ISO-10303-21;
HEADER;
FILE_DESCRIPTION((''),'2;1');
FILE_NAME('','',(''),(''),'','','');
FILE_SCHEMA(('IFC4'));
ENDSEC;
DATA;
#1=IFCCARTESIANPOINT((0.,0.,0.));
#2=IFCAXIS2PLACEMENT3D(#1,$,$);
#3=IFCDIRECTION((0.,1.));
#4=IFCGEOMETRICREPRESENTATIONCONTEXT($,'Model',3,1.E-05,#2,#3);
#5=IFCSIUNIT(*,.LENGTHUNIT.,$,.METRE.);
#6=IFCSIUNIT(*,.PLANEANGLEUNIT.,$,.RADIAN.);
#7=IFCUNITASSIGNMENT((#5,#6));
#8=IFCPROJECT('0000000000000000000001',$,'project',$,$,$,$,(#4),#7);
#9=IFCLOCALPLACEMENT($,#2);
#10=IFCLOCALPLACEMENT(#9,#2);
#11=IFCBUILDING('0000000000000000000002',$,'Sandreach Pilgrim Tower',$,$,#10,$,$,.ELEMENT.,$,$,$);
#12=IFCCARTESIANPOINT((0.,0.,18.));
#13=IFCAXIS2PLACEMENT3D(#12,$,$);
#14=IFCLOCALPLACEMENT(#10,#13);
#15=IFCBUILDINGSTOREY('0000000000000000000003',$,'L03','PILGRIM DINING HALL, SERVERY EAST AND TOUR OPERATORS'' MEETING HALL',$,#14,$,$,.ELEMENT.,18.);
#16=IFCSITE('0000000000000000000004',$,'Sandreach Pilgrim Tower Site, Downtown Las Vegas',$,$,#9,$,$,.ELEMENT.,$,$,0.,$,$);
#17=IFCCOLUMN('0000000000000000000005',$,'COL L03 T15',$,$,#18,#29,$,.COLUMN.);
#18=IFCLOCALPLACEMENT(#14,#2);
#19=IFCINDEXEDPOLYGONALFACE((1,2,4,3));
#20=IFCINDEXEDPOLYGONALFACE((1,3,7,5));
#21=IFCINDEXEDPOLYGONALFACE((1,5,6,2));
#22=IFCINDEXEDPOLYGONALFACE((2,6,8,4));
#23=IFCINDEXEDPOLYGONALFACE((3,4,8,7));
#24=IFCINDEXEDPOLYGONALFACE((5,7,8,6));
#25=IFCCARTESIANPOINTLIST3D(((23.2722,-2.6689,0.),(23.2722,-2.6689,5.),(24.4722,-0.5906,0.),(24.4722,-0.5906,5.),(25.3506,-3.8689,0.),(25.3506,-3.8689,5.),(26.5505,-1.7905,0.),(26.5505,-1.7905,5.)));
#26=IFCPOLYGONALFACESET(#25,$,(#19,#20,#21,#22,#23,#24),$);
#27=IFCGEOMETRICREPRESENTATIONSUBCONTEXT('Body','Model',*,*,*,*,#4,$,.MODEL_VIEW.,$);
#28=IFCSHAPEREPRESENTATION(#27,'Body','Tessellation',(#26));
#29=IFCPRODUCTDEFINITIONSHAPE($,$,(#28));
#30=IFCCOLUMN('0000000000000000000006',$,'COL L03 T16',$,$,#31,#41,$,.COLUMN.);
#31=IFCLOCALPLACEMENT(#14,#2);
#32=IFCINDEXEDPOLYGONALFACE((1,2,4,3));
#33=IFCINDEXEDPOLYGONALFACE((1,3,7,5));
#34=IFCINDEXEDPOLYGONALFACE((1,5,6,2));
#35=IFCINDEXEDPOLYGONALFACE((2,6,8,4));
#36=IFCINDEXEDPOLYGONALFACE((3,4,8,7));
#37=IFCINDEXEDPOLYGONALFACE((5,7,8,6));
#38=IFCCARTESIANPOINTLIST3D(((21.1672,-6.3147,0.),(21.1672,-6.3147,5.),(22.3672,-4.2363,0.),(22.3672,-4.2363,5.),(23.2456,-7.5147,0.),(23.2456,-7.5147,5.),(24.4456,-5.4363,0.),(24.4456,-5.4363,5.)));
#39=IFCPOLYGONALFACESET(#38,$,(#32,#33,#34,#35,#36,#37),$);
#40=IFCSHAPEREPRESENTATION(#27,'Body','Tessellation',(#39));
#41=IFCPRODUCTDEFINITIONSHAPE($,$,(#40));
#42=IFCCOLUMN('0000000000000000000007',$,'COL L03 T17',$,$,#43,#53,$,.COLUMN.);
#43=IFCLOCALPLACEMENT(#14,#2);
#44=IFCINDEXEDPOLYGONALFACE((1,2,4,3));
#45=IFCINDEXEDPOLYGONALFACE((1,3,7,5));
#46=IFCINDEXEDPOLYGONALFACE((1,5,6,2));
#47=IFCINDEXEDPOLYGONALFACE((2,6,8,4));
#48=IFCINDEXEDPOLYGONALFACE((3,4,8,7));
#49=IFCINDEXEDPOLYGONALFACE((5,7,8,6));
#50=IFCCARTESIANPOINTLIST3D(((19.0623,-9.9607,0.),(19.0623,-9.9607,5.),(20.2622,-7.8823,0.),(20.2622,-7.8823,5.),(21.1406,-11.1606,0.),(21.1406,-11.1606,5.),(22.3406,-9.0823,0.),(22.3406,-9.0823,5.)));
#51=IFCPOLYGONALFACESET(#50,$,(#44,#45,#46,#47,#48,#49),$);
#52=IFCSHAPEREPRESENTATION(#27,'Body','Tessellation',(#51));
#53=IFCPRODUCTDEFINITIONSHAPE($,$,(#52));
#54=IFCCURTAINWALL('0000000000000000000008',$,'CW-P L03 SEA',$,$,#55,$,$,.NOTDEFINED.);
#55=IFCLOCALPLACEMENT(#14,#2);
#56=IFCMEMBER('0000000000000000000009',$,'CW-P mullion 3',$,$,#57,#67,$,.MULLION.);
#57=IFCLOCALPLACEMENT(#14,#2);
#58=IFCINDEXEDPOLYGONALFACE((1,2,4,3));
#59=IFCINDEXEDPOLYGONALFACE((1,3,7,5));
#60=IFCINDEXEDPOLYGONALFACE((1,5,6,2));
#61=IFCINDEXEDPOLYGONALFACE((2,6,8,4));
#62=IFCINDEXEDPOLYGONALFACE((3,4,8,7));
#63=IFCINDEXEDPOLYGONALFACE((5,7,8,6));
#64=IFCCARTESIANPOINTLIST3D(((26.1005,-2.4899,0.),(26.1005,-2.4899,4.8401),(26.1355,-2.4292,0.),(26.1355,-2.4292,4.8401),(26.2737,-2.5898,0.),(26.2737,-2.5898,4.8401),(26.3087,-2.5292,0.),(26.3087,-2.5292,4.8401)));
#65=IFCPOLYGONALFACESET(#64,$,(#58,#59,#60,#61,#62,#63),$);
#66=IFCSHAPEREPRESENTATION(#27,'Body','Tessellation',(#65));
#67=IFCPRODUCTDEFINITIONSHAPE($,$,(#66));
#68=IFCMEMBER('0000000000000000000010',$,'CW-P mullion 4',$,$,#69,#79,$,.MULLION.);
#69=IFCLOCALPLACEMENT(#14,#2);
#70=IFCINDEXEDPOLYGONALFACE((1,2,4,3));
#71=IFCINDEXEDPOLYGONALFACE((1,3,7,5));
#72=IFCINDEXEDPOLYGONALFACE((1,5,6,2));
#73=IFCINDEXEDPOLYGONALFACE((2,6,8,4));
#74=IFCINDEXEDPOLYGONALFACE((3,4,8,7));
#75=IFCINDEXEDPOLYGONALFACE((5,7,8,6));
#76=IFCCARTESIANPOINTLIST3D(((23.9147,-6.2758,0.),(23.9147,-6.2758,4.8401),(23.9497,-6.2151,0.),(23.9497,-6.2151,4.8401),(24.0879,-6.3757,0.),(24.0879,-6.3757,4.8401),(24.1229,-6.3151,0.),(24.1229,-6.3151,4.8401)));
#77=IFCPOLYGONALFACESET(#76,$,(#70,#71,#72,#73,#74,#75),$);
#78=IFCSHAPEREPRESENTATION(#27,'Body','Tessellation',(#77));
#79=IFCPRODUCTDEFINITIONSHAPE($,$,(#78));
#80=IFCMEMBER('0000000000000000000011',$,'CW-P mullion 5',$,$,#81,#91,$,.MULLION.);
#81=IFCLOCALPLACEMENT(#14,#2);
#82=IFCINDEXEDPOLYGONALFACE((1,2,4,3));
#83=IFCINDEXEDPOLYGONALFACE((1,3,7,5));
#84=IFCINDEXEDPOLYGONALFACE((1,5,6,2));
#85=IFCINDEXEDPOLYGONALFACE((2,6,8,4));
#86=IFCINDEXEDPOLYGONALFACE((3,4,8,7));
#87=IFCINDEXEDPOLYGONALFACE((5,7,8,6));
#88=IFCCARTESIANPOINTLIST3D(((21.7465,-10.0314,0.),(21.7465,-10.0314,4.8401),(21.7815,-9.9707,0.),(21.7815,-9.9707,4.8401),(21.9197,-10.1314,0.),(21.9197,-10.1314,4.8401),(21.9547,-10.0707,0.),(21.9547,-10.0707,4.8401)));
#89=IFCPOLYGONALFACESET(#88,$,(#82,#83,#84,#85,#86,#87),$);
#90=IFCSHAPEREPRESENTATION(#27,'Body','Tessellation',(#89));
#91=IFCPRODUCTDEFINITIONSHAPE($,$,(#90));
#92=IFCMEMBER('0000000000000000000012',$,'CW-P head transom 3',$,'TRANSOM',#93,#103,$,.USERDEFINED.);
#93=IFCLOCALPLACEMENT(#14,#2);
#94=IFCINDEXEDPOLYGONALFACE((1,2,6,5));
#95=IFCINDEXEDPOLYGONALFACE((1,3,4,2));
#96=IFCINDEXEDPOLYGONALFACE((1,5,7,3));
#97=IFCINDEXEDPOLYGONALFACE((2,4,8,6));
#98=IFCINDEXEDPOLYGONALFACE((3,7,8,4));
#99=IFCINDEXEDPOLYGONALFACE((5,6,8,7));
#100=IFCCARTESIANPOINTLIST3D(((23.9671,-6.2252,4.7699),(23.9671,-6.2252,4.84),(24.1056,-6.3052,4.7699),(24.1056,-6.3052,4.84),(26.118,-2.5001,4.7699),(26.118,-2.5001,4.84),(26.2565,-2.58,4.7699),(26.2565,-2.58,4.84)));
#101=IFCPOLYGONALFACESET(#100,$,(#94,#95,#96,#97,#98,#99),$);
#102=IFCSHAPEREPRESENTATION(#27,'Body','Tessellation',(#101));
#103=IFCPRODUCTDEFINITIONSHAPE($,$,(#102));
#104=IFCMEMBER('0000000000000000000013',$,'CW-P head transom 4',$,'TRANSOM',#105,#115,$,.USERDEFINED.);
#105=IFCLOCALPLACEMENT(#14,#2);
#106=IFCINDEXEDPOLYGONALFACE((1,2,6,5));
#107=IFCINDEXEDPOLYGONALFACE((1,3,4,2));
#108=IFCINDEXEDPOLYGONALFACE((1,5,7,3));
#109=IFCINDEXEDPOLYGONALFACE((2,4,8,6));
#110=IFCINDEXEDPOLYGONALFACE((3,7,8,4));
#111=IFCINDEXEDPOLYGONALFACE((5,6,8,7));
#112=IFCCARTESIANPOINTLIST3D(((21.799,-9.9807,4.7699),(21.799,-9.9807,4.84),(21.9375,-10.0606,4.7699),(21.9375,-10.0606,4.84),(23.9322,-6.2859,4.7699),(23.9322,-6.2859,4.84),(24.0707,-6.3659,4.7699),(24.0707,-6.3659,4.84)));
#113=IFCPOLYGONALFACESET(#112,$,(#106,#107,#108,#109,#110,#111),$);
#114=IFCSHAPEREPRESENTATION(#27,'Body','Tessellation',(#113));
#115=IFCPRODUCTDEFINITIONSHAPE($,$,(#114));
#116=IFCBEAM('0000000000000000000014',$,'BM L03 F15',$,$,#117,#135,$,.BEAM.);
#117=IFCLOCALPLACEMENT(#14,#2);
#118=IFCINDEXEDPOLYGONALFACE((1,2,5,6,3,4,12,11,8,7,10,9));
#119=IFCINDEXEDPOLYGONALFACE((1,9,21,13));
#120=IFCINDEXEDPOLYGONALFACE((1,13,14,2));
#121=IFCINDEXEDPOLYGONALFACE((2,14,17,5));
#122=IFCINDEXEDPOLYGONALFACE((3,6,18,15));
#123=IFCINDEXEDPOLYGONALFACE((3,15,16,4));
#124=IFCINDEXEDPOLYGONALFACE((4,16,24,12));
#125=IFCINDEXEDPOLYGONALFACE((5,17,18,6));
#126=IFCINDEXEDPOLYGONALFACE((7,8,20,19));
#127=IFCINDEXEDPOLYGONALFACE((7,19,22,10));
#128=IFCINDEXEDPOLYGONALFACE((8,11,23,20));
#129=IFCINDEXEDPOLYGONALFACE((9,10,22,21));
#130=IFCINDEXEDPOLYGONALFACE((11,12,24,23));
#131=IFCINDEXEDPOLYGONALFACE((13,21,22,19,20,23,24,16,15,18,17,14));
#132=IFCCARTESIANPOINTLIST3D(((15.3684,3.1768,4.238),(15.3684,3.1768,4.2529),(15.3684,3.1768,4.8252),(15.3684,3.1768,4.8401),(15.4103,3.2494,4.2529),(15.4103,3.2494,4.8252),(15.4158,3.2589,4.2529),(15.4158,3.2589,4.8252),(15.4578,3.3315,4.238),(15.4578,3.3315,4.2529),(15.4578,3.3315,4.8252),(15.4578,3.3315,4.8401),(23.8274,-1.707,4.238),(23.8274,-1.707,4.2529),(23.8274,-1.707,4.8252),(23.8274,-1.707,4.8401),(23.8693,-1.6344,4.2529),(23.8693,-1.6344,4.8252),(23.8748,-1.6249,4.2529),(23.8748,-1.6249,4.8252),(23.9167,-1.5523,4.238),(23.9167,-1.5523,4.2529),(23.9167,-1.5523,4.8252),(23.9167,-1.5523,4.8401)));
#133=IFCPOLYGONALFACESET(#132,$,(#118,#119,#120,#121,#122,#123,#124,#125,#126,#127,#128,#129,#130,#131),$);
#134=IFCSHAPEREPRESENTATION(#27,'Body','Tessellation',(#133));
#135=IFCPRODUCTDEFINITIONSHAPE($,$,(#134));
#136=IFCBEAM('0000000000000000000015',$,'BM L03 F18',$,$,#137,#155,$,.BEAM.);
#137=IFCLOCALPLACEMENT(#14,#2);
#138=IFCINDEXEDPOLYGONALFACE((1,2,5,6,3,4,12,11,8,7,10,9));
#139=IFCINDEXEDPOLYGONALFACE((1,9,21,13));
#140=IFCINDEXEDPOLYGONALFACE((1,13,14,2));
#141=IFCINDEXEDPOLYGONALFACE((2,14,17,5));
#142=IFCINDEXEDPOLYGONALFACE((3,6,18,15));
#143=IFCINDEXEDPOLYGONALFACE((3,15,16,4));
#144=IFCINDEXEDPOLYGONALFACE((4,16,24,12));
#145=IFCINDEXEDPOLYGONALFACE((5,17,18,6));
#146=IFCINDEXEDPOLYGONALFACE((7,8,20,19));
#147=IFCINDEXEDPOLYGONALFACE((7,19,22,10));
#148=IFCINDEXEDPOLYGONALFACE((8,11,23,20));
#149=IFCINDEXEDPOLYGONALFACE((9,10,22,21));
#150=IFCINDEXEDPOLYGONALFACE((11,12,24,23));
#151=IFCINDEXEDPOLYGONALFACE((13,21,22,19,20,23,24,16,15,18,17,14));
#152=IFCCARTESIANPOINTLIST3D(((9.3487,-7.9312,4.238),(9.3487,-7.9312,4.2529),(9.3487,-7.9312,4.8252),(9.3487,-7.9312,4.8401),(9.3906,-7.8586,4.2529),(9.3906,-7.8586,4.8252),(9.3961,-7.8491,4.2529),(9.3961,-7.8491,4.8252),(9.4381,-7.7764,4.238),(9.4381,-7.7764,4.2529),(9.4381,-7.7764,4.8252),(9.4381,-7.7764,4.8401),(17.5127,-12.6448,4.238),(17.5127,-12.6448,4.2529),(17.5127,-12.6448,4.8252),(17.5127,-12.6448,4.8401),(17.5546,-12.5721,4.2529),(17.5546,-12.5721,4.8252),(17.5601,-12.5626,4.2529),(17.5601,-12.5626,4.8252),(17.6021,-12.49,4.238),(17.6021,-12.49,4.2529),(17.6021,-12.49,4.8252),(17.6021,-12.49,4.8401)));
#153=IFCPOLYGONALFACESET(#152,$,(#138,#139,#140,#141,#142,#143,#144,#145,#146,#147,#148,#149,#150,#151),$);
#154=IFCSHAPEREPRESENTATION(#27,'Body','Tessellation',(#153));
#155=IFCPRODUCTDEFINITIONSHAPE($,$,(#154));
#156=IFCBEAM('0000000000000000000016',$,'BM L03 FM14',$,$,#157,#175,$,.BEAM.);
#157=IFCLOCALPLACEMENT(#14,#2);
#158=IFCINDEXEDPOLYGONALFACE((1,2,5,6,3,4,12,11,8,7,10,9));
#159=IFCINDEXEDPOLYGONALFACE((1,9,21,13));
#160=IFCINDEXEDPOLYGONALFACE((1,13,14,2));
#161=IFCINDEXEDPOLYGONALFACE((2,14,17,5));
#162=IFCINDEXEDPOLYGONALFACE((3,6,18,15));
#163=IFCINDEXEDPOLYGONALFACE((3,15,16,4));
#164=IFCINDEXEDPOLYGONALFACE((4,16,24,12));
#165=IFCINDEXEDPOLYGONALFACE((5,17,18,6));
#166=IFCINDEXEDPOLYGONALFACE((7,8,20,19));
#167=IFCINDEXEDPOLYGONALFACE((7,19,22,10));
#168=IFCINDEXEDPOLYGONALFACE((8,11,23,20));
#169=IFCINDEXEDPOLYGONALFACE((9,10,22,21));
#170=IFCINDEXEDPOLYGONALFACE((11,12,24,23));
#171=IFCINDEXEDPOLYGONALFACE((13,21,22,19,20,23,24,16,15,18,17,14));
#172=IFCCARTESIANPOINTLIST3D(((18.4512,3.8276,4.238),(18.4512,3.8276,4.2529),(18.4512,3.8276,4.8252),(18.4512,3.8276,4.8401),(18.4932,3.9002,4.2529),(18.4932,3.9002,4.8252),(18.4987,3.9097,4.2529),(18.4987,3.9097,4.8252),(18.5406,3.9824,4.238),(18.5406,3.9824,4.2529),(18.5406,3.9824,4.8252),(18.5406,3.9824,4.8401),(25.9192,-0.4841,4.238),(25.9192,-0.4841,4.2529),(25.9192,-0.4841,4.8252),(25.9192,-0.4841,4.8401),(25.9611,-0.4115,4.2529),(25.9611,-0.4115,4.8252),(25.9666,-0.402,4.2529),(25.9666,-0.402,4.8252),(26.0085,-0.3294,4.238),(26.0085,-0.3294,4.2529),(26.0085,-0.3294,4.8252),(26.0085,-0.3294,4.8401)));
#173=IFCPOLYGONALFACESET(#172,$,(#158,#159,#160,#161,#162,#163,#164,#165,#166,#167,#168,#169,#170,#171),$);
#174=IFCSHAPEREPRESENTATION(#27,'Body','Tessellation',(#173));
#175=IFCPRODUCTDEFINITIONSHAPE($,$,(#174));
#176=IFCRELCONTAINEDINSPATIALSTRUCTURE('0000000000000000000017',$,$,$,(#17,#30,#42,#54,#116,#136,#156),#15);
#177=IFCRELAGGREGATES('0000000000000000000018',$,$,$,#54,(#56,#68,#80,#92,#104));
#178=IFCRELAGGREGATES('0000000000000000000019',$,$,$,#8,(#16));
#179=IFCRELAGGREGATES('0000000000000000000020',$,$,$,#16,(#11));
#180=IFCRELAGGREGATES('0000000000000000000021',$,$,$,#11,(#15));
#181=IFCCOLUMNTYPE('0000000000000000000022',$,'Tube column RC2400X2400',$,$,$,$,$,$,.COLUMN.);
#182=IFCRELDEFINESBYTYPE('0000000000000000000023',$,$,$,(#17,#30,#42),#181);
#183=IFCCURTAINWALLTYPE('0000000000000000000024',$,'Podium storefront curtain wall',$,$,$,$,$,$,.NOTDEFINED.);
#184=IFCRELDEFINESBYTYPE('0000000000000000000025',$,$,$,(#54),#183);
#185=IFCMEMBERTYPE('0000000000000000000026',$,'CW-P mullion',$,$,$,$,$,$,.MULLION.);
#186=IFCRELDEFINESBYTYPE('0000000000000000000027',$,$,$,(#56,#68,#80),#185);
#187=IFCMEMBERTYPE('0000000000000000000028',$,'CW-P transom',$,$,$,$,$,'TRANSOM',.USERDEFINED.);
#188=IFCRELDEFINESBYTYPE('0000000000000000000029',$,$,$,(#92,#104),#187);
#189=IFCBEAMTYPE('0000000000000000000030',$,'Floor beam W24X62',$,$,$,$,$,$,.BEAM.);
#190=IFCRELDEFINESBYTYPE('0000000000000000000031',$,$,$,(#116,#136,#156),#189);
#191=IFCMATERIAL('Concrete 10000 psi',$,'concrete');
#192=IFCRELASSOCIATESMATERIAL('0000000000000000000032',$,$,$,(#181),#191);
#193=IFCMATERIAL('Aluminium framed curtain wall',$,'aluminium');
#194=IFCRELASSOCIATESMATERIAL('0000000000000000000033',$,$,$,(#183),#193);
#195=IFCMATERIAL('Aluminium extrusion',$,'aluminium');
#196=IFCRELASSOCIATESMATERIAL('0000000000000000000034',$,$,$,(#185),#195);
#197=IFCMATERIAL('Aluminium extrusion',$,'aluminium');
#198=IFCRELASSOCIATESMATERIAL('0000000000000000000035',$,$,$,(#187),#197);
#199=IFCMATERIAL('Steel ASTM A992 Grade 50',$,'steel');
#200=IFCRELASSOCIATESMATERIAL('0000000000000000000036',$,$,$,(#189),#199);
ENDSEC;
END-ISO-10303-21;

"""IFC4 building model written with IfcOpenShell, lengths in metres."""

from ifc_helpers import new_model, si_unit, direction, frame, origin, origin_2d, place, context, subcontext, project, spatial, rectangle, i_section, extrude, material, material_profile, profile_set, type_object, element, aggregate, save


model = new_model("IFC4")

# Units and contexts
model_context = context("Model", 3, precision=1e-05, world=origin(), true_north=direction((0.0, 1.0)))
body_context = subcontext(model_context, "Body", "Model", "MODEL_VIEW")
ifc_project = project(units=[si_unit("LENGTHUNIT", "METRE"), si_unit("PLANEANGLEUNIT", "RADIAN")], contexts=[model_context])

# Site, building, storey
site_placement = place(None, origin())
site = spatial("IfcSite", under=ifc_project, at=site_placement, Name="Sandreach Pilgrim Tower Site, Downtown Las Vegas", CompositionType="ELEMENT", RefElevation=0.0)
building_placement = place(site_placement, origin())
building = spatial("IfcBuilding", under=site, at=building_placement, Name="Sandreach Pilgrim Tower", CompositionType="ELEMENT")
storey_placement = place(building_placement, frame((0.0, 0.0, 18.0)))
storey = spatial("IfcBuildingStorey", under=building, at=storey_placement, Name="L03", Description="PILGRIM DINING HALL, SERVERY EAST AND TOUR OPERATORS' MEETING HALL", CompositionType="ELEMENT", Elevation=18.0)

# Columns
ifc_material_1 = material(Name="Concrete 10000 psi", Category="concrete")
ifc_material_profile_1 = material_profile(ifc_material_1, rectangle(XDim=2.3999, YDim=2.3999, at=origin_2d()), Name="RC2400X2400")
ifc_profile_set_1 = profile_set([ifc_material_profile_1], Name="Concrete 10000 psi")
column_type = type_object("IfcColumnType", Name="Tube column RC2400X2400", PredefinedType="COLUMN", material=ifc_profile_set_1)
for number, where, z_axis, x_axis, name in (
    (1, (24.9114, -2.2297, 0.0), (0.0, 0.0, 1.0), (0.866025, -0.5, 0.0), "COL L03 T15"),
    (2, (22.8064, -5.8755, 0.0), (0.0, 0.0, 1.0), (0.866025, -0.5, 0.0), "COL L03 T16"),
    (3, (20.7014, -9.5215, 0.0), (0.0, 0.0, 1.0), (0.866025, -0.5, 0.0), "COL L03 T17"),
):
    element("IfcColumn", number, at=place(storey_placement, frame(where, z_axis=z_axis, x_axis=x_axis)), inside=storey, type_object=column_type, Name=name, PredefinedType="COLUMN", context=body_context, shape_type="SweptSolid", body=[
        extrude(rectangle(XDim=2.3999, YDim=2.3999, at=origin_2d()), origin(), (0.0, 0.0, 1.0), 5.0),
    ])

# Curtain wall, members
ifc_material_2 = material(Name="Aluminium framed curtain wall", Category="aluminium")
curtain_wall_type = type_object("IfcCurtainWallType", Name="Podium storefront curtain wall", PredefinedType="NOTDEFINED", material=ifc_material_2)
curtain_wall_placement = place(storey_placement, origin())
curtain_wall = element("IfcCurtainWall", 4, at=curtain_wall_placement, inside=storey, type_object=curtain_wall_type, Name="CW-P L03 SEA", PredefinedType="NOTDEFINED")
ifc_material_3 = material(Name="Aluminium extrusion", Category="aluminium")
ifc_material_profile_2 = material_profile(ifc_material_3, rectangle(XDim=0.0701, YDim=0.2, at=origin_2d()), Name="CW-PM 70X200")
ifc_profile_set_2 = profile_set([ifc_material_profile_2], Name="Aluminium extrusion")
member_type_1 = type_object("IfcMemberType", Name="CW-P mullion", PredefinedType="MULLION", material=ifc_profile_set_2)
member_1_placement = place(storey_placement, frame((26.2046, -2.5095, 0.0), z_axis=(0.0, 0.0, 1.0), x_axis=(-0.5, -0.866025, 0.0)))
member_1 = element("IfcMember", 5, at=member_1_placement, type_object=member_type_1, Name="CW-P mullion 3", PredefinedType="MULLION", context=body_context, shape_type="SweptSolid", body=[
    extrude(rectangle(XDim=0.0701, YDim=0.2, at=origin_2d()), origin(), (0.0, 0.0, 1.0), 4.8401),
])
member_2_placement = place(storey_placement, frame((24.0188, -6.2954, 0.0), z_axis=(0.0, 0.0, 1.0), x_axis=(-0.5, -0.866025, 0.0)))
member_2 = element("IfcMember", 6, at=member_2_placement, type_object=member_type_1, Name="CW-P mullion 4", PredefinedType="MULLION", context=body_context, shape_type="SweptSolid", body=[
    extrude(rectangle(XDim=0.0701, YDim=0.2, at=origin_2d()), origin(), (0.0, 0.0, 1.0), 4.8401),
])
member_3_placement = place(storey_placement, frame((21.8506, -10.051, 0.0), z_axis=(0.0, 0.0, 1.0), x_axis=(-0.5, -0.866025, 0.0)))
member_3 = element("IfcMember", 7, at=member_3_placement, type_object=member_type_1, Name="CW-P mullion 5", PredefinedType="MULLION", context=body_context, shape_type="SweptSolid", body=[
    extrude(rectangle(XDim=0.0701, YDim=0.2, at=origin_2d()), origin(), (0.0, 0.0, 1.0), 4.8401),
])
ifc_material_4 = material(Name="Aluminium extrusion", Category="aluminium")
ifc_material_profile_3 = material_profile(ifc_material_4, rectangle(XDim=0.1599, YDim=0.0701, at=origin_2d()), Name="CW-PT 160X70")
ifc_profile_set_3 = profile_set([ifc_material_profile_3], Name="Aluminium extrusion")
member_type_2 = type_object("IfcMemberType", Name="CW-P transom", ElementType="TRANSOM", PredefinedType="USERDEFINED", material=ifc_profile_set_3)
member_4_placement = place(storey_placement, frame((26.1873, -2.54, 4.8049), z_axis=(-0.500034, -0.866006, 0.0), x_axis=(0.866006, -0.500034, 0.0)))
member_4 = element("IfcMember", 8, at=member_4_placement, type_object=member_type_2, Name="CW-P head transom 3", ObjectType="TRANSOM", PredefinedType="USERDEFINED", context=body_context, shape_type="SweptSolid", body=[
    extrude(rectangle(XDim=0.1599, YDim=0.0701, at=origin_2d()), origin(), (0.0, 0.0, 1.0), 4.3015),
])
member_5_placement = place(storey_placement, frame((24.0015, -6.3259, 4.8049), z_axis=(-0.500016, -0.866016, 0.0), x_axis=(0.866016, -0.500016, 0.0)))
member_5 = element("IfcMember", 9, at=member_5_placement, type_object=member_type_2, Name="CW-P head transom 4", ObjectType="TRANSOM", PredefinedType="USERDEFINED", context=body_context, shape_type="SweptSolid", body=[
    extrude(rectangle(XDim=0.1599, YDim=0.0701, at=origin_2d()), origin(), (0.0, 0.0, 1.0), 4.2664),
])

# Beams
ifc_material_5 = material(Name="Steel ASTM A992 Grade 50", Category="steel")
ifc_material_profile_4 = material_profile(ifc_material_5, i_section(OverallWidth=0.1787, OverallDepth=0.6021, WebThickness=0.011, FlangeThickness=0.0149, at=origin_2d()), Name="W24X62")
ifc_profile_set_4 = profile_set([ifc_material_profile_4], Name="Steel ASTM A992 Grade 50")
beam_type_1 = type_object("IfcBeamType", Name="Floor beam W24X62", PredefinedType="BEAM", material=ifc_profile_set_4)
beam_1_placement = place(storey_placement, frame((23.8721, -1.6296, 4.5391), z_axis=(-0.866026, 0.499999, 0.0), x_axis=(-0.499999, -0.866026, 0.0)))
element("IfcBeam", 10, at=beam_1_placement, inside=storey, type_object=beam_type_1, Name="BM L03 F15", PredefinedType="BEAM", context=body_context, shape_type="SweptSolid", body=[
    extrude(i_section(OverallWidth=0.1787, OverallDepth=0.6021, WebThickness=0.011, FlangeThickness=0.0149, at=origin_2d()), origin(), (0.0, 0.0, 1.0), 9.7676),
])
beam_2_placement = place(storey_placement, frame((17.5574, -12.5674, 4.5391), z_axis=(-0.866021, 0.500008, 0.0), x_axis=(-0.500008, -0.866021, 0.0)))
element("IfcBeam", 11, at=beam_2_placement, inside=storey, type_object=beam_type_1, Name="BM L03 F18", PredefinedType="BEAM", context=body_context, shape_type="SweptSolid", body=[
    extrude(i_section(OverallWidth=0.1787, OverallDepth=0.6021, WebThickness=0.011, FlangeThickness=0.0149, at=origin_2d()), origin(), (0.0, 0.0, 1.0), 9.427),
])
beam_3_placement = place(storey_placement, frame((25.9639, -0.4067, 4.5391), z_axis=(-0.86602, 0.500009, 0.0), x_axis=(-0.500009, -0.86602, 0.0)))
element("IfcBeam", 12, at=beam_3_placement, inside=storey, type_object=beam_type_1, Name="BM L03 FM14", PredefinedType="BEAM", context=body_context, shape_type="SweptSolid", body=[
    extrude(i_section(OverallWidth=0.1787, OverallDepth=0.6021, WebThickness=0.011, FlangeThickness=0.0149, at=origin_2d()), origin(), (0.0, 0.0, 1.0), 8.6233),
])

aggregate(curtain_wall, [member_1, member_2, member_3, member_4, member_5])

save(model, "model.ifc")
